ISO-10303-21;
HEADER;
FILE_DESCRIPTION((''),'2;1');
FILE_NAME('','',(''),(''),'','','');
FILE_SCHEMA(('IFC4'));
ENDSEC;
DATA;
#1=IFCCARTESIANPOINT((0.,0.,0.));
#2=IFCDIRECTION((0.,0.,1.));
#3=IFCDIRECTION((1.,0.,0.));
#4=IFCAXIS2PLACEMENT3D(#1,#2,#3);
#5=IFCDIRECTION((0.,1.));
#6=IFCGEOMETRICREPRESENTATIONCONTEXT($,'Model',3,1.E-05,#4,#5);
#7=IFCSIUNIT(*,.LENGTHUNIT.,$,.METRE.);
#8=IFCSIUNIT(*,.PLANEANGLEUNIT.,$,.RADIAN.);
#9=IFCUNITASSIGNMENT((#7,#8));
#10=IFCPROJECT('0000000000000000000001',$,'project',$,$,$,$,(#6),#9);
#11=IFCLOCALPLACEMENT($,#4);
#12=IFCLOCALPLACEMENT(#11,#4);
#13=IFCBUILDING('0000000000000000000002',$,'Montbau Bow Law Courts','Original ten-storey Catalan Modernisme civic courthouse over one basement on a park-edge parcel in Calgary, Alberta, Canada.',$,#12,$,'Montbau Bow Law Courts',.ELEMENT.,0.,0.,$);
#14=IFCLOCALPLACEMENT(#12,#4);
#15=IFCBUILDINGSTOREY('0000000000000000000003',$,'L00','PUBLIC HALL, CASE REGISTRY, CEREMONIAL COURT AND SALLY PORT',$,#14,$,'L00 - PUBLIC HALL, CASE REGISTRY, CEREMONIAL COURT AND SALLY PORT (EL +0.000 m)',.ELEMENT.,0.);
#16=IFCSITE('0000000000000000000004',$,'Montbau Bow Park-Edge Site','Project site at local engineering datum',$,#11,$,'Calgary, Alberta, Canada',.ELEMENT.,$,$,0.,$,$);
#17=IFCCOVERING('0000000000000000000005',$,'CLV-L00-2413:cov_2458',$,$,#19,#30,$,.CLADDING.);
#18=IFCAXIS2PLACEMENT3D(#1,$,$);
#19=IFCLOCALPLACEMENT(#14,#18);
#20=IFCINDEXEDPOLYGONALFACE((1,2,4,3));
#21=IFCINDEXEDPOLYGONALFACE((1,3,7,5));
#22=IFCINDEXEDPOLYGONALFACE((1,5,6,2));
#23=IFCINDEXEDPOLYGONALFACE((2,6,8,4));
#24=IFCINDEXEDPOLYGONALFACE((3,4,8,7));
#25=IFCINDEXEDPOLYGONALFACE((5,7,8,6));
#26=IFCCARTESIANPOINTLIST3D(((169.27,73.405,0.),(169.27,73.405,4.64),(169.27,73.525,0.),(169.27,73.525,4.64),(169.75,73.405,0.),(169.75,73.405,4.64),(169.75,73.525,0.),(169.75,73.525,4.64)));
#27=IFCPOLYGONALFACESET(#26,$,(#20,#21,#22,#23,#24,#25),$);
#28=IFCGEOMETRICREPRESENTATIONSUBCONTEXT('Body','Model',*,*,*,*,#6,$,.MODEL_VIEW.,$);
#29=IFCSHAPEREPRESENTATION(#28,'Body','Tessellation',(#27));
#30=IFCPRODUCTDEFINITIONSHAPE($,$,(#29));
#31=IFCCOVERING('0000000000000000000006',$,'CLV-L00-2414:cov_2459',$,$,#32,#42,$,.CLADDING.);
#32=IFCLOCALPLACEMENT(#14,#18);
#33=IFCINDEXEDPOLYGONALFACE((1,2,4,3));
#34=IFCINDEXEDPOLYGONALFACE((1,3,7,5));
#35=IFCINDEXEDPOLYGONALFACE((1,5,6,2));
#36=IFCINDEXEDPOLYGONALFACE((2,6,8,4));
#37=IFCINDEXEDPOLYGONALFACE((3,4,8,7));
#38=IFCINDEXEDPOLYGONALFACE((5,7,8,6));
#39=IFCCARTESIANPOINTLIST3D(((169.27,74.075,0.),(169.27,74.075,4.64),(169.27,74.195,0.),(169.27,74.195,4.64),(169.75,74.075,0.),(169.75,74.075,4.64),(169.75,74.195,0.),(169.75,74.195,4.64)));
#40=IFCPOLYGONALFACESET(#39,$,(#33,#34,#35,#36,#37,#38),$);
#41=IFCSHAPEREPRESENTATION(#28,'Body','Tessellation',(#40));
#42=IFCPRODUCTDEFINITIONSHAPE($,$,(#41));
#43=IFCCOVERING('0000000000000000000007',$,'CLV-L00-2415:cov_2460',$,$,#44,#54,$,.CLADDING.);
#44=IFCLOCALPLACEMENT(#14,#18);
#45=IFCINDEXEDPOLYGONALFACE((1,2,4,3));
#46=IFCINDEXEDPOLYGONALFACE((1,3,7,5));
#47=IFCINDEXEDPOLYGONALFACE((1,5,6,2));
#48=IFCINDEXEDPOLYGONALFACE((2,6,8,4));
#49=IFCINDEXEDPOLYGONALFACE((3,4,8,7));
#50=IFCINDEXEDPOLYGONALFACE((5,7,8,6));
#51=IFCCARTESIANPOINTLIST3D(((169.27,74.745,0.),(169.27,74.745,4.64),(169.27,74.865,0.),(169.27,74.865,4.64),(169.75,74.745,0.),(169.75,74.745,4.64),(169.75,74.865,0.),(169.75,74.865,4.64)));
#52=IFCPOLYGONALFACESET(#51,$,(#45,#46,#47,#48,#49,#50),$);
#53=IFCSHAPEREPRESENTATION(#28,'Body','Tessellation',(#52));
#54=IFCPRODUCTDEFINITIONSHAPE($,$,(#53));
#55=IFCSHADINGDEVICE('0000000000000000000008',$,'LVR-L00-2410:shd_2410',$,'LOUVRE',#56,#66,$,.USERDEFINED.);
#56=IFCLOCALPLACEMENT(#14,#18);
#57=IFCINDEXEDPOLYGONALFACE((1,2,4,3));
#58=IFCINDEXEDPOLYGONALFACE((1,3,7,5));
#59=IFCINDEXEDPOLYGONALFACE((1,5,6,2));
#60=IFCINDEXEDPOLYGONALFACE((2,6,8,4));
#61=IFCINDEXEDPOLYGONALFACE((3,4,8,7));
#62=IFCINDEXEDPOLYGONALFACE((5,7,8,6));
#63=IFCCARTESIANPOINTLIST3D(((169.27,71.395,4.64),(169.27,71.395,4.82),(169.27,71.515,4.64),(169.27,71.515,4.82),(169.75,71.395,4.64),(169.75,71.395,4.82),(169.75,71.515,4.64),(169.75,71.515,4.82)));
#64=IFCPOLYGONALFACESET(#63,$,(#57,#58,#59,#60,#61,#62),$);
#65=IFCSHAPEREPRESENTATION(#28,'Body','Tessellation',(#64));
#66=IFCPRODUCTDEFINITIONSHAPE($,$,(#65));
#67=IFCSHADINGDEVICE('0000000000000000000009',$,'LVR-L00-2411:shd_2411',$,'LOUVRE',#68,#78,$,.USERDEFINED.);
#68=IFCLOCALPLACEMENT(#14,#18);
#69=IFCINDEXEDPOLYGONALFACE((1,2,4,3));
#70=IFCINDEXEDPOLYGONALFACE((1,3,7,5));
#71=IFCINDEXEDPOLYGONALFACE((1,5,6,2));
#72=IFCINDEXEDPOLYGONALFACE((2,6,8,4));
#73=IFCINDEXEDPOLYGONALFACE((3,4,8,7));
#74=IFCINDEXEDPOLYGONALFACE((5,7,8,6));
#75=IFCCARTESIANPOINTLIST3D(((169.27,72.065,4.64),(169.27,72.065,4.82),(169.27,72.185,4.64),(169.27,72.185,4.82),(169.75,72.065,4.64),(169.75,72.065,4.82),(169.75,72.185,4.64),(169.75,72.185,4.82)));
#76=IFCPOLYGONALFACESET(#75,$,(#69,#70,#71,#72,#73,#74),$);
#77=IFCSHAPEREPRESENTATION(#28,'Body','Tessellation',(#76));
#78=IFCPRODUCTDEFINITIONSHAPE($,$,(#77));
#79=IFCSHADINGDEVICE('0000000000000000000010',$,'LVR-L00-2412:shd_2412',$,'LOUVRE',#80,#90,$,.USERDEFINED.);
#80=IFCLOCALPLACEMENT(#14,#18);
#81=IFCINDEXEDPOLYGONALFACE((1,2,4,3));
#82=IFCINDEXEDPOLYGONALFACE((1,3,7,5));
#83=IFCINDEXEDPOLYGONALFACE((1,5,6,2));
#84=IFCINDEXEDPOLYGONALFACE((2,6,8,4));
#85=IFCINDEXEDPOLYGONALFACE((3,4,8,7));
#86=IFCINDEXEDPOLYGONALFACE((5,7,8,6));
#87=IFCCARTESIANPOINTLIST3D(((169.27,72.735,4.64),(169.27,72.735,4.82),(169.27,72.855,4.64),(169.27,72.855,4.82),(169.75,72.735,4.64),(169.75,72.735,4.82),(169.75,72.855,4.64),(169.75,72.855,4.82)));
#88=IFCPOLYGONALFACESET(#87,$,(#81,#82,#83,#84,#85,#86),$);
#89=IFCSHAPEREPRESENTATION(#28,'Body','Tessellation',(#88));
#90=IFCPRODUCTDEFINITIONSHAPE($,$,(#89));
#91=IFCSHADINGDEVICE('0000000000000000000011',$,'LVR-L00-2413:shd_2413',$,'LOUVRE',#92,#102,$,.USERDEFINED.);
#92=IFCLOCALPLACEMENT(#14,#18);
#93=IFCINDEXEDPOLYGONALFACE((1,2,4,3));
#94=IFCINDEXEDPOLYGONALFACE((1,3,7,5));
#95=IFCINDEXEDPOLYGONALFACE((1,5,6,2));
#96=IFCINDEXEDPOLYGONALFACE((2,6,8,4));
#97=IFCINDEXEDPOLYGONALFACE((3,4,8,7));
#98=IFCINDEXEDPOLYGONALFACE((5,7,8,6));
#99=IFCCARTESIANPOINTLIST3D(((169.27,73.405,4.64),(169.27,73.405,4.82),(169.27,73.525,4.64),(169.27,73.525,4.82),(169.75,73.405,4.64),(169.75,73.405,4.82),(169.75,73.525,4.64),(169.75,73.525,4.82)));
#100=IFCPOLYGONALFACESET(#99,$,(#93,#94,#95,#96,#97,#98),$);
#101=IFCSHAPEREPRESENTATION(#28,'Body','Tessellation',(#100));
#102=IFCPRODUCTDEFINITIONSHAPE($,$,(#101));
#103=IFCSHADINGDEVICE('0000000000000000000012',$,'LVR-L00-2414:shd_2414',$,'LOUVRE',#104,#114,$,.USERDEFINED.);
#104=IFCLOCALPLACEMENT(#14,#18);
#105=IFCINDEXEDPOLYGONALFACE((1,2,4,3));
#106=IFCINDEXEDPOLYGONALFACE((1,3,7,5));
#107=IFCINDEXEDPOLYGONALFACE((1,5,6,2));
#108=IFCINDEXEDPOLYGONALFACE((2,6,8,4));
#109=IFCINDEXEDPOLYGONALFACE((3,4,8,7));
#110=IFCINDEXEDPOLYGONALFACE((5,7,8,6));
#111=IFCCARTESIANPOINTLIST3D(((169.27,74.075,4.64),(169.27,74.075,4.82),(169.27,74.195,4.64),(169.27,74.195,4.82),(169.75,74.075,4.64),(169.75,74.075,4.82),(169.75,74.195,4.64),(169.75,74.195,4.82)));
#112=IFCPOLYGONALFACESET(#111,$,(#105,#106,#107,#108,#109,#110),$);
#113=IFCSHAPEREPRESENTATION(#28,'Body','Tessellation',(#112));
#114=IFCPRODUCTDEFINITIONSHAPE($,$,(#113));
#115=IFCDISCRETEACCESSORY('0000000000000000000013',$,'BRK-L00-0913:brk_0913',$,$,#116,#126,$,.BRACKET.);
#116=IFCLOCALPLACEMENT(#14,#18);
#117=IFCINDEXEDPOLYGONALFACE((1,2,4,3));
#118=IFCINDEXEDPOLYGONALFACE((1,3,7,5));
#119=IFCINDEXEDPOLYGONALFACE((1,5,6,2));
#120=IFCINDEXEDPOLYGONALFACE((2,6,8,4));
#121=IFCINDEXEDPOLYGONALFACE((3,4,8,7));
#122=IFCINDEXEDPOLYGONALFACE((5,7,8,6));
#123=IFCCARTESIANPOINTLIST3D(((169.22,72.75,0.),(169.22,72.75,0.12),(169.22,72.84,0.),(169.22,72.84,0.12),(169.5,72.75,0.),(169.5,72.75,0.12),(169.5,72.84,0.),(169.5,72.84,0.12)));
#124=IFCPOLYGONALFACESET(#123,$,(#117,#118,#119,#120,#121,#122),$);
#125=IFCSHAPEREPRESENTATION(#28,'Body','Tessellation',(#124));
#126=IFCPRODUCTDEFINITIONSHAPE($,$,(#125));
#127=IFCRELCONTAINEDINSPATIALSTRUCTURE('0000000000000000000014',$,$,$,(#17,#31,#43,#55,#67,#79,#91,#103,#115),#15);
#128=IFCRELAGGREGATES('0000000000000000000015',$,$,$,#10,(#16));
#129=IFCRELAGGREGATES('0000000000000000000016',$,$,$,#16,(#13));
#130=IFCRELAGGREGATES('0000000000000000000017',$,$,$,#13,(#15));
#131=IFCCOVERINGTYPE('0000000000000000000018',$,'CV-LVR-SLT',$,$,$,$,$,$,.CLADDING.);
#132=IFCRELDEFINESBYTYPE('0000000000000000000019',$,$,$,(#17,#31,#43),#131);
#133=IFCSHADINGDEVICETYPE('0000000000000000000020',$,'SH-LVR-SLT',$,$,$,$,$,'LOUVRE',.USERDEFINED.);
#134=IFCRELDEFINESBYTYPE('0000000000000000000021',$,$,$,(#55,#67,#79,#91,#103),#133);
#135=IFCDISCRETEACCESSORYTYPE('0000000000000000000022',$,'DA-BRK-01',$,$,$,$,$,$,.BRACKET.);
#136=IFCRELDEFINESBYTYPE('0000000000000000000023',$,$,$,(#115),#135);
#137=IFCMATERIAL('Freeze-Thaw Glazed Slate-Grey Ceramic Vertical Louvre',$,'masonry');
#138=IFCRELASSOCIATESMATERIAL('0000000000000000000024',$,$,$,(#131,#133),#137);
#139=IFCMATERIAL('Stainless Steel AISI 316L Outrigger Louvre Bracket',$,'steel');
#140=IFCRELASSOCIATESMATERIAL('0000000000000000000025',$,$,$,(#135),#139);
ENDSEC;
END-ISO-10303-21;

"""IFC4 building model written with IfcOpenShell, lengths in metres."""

from ifc_helpers import new_model, si_unit, direction, frame, frame_2d, origin_with_axes, origin_2d_with_axis, place, context, subcontext, project, spatial, rectangle, extrude, material, type_object, element, save


model = new_model("IFC4")

# Units and contexts
model_context = context("Model", 3, precision=1e-05, world=origin_with_axes(), true_north=direction((0.0, 1.0)))
body_context = subcontext(model_context, "Body", "Model", "MODEL_VIEW")
ifc_project = project(units=[si_unit("LENGTHUNIT", "METRE"), si_unit("PLANEANGLEUNIT", "RADIAN")], contexts=[model_context])

# Site, building, storey
site_placement = place(None, origin_with_axes())
site = spatial("IfcSite", under=ifc_project, at=site_placement, Name="Montbau Bow Park-Edge Site", Description="Project site at local engineering datum", LongName="Calgary, Alberta, Canada", CompositionType="ELEMENT", RefElevation=0.0)
building_placement = place(site_placement, origin_with_axes())
building = spatial("IfcBuilding", under=site, at=building_placement, Name="Montbau Bow Law Courts", Description="Original ten-storey Catalan Modernisme civic courthouse over one basement on a park-edge parcel in Calgary, Alberta, Canada.", LongName="Montbau Bow Law Courts", CompositionType="ELEMENT", ElevationOfRefHeight=0.0, ElevationOfTerrain=0.0)
storey_placement = place(building_placement, origin_with_axes())
storey = spatial("IfcBuildingStorey", under=building, at=storey_placement, Name="L00", Description="PUBLIC HALL, CASE REGISTRY, CEREMONIAL COURT AND SALLY PORT", LongName="L00 - PUBLIC HALL, CASE REGISTRY, CEREMONIAL COURT AND SALLY PORT (EL +0.000 m)", CompositionType="ELEMENT", Elevation=0.0)

# Coverings
ifc_material_1 = material(Name="Freeze-Thaw Glazed Slate-Grey Ceramic Vertical Louvre", Category="masonry")
covering_type = type_object("IfcCoveringType", Name="CV-LVR-SLT", PredefinedType="CLADDING", material=ifc_material_1)
for number, where, z_axis, x_axis, name in (
    (1, (169.27, 73.465, 0.0), (0.0, -1.0, 0.0), (1.0, 0.0, 0.0), "CLV-L00-2413:cov_2458"),
    (2, (169.27, 74.135, 0.0), (0.0, -1.0, 0.0), (1.0, 0.0, 0.0), "CLV-L00-2414:cov_2459"),
    (3, (169.27, 74.805, 0.0), (0.0, -1.0, 0.0), (1.0, 0.0, 0.0), "CLV-L00-2415:cov_2460"),
):
    element("IfcCovering", number, at=place(None, frame(where, z_axis=z_axis, x_axis=x_axis)), inside=storey, type_object=covering_type, Name=name, PredefinedType="CLADDING", context=body_context, shape_type="SweptSolid", body=[
        extrude(rectangle(XDim=0.48, YDim=4.64, at=frame_2d((0.24, 2.32), x_axis=(1.0, 0.0))), frame((0.0, 0.0, -0.06), z_axis=(0.0, 0.0, 1.0), x_axis=(1.0, 0.0, 0.0)), (0.0, 0.0, 1.0), 0.12),
    ])

# Shading devices
shading_device_type = type_object("IfcShadingDeviceType", Name="SH-LVR-SLT", ElementType="LOUVRE", PredefinedType="USERDEFINED", material=ifc_material_1)
for number, where, z_axis, x_axis, name in (
    (4, (169.51, 71.455, 4.64), (0.0, 0.0, 1.0), (1.0, 0.0, 0.0), "LVR-L00-2410:shd_2410"),
    (5, (169.51, 72.125, 4.64), (0.0, 0.0, 1.0), (1.0, 0.0, 0.0), "LVR-L00-2411:shd_2411"),
    (6, (169.51, 72.795, 4.64), (0.0, 0.0, 1.0), (1.0, 0.0, 0.0), "LVR-L00-2412:shd_2412"),
    (7, (169.51, 73.465, 4.64), (0.0, 0.0, 1.0), (1.0, 0.0, 0.0), "LVR-L00-2413:shd_2413"),
    (8, (169.51, 74.135, 4.64), (0.0, 0.0, 1.0), (1.0, 0.0, 0.0), "LVR-L00-2414:shd_2414"),
):
    element("IfcShadingDevice", number, at=place(None, frame(where, z_axis=z_axis, x_axis=x_axis)), inside=storey, type_object=shading_device_type, Name=name, ObjectType="LOUVRE", PredefinedType="USERDEFINED", context=body_context, shape_type="SweptSolid", body=[
        extrude(rectangle(XDim=0.48, YDim=0.12, at=origin_2d_with_axis()), origin_with_axes(), (0.0, 0.0, 1.0), 0.18),
    ])

# Discrete accessory
ifc_material_2 = material(Name="Stainless Steel AISI 316L Outrigger Louvre Bracket", Category="steel")
discrete_accessory_type = type_object("IfcDiscreteAccessoryType", Name="DA-BRK-01", PredefinedType="BRACKET", material=ifc_material_2)
discrete_accessory_placement = place(None, frame((169.36, 72.795, 0.0), z_axis=(0.0, 0.0, 1.0), x_axis=(1.0, 0.0, 0.0)))
element("IfcDiscreteAccessory", 9, at=discrete_accessory_placement, inside=storey, type_object=discrete_accessory_type, Name="BRK-L00-0913:brk_0913", PredefinedType="BRACKET", context=body_context, shape_type="SweptSolid", body=[
    extrude(rectangle(XDim=0.28, YDim=0.09, at=origin_2d_with_axis()), origin_with_axes(), (0.0, 0.0, 1.0), 0.12),
])

save(model, "model.ifc")
